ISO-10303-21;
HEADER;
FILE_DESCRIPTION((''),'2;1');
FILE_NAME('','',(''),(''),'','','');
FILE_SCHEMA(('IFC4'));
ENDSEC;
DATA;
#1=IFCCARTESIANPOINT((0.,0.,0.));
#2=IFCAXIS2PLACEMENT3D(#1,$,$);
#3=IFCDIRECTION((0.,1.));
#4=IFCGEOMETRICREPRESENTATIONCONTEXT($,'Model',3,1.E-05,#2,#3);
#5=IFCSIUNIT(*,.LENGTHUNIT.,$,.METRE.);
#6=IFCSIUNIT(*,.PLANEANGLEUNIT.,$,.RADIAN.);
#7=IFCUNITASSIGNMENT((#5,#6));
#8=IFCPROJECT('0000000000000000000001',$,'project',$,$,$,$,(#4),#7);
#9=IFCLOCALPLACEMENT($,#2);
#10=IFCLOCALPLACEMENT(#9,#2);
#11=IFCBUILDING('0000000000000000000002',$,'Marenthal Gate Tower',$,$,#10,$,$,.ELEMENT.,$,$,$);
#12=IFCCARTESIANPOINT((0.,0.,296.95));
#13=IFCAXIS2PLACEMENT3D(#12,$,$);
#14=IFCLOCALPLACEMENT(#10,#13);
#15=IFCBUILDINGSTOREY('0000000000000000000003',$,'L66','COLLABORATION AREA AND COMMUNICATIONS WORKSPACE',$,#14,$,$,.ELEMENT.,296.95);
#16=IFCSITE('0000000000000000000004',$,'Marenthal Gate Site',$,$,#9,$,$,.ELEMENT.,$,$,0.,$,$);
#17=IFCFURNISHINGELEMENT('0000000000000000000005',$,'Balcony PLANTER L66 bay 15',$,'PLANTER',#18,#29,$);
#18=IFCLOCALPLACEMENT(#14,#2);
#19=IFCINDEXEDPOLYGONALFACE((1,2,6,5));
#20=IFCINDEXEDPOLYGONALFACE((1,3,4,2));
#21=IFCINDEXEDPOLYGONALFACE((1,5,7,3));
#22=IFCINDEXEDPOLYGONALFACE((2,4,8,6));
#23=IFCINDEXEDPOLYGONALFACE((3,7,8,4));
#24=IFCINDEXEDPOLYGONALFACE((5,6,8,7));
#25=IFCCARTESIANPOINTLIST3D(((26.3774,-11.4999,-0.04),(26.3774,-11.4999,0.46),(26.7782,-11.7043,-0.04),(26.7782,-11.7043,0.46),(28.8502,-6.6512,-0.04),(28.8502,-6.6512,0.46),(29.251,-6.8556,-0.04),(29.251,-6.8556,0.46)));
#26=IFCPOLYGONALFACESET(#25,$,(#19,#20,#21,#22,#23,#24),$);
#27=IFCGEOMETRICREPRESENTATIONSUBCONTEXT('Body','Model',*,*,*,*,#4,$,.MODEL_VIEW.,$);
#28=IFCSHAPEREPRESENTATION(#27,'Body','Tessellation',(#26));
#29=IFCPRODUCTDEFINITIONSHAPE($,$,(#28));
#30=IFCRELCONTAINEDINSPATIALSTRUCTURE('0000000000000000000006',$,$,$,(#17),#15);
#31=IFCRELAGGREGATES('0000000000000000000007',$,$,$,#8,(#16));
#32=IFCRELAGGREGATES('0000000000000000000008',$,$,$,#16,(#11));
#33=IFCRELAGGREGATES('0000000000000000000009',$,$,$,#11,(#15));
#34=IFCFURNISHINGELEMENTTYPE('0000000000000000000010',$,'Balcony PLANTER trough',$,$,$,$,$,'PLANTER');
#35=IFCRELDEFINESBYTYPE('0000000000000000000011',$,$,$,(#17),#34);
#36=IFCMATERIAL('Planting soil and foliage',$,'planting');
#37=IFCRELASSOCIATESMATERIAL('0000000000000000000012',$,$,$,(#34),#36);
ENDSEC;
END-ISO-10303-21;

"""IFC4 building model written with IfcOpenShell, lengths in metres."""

from ifc_helpers import new_model, si_unit, direction, frame, origin, origin_2d, place, context, subcontext, project, spatial, rectangle, extrude, material, type_object, element, save


model = new_model("IFC4")

# Units and contexts
model_context = context("Model", 3, precision=1e-05, world=origin(), true_north=direction((0.0, 1.0)))
body_context = subcontext(model_context, "Body", "Model", "MODEL_VIEW")
ifc_project = project(units=[si_unit("LENGTHUNIT", "METRE"), si_unit("PLANEANGLEUNIT", "RADIAN")], contexts=[model_context])

# Site, building, storey
site_placement = place(None, origin())
site = spatial("IfcSite", under=ifc_project, at=site_placement, Name="Marenthal Gate Site", CompositionType="ELEMENT", RefElevation=0.0)
building_placement = place(site_placement, origin())
building = spatial("IfcBuilding", under=site, at=building_placement, Name="Marenthal Gate Tower", CompositionType="ELEMENT")
storey_placement = place(building_placement, frame((0.0, 0.0, 296.95)))
storey = spatial("IfcBuildingStorey", under=building, at=storey_placement, Name="L66", Description="COLLABORATION AREA AND COMMUNICATIONS WORKSPACE", CompositionType="ELEMENT", Elevation=296.95)

# Furnishing element
ifc_material_1 = material(Name="Planting soil and foliage", Category="planting")
furnishing_element_type = type_object("IfcFurnishingElementType", Name="Balcony PLANTER trough", ElementType="PLANTER", material=ifc_material_1)
furnishing_placement = place(storey_placement, frame((27.8142, -9.1777, -0.04), z_axis=(0.0, 0.0, 1.0), x_axis=(0.454321, 0.890838, 0.0)))
element("IfcFurnishingElement", 1, at=furnishing_placement, inside=storey, type_object=furnishing_element_type, Name="Balcony PLANTER L66 bay 15", ObjectType="PLANTER", context=body_context, shape_type="SweptSolid", body=[
    extrude(rectangle(XDim=5.4429, YDim=0.45, at=origin_2d()), origin(), (0.0, 0.0, 1.0), 0.5),
])

save(model, "model.ifc")
